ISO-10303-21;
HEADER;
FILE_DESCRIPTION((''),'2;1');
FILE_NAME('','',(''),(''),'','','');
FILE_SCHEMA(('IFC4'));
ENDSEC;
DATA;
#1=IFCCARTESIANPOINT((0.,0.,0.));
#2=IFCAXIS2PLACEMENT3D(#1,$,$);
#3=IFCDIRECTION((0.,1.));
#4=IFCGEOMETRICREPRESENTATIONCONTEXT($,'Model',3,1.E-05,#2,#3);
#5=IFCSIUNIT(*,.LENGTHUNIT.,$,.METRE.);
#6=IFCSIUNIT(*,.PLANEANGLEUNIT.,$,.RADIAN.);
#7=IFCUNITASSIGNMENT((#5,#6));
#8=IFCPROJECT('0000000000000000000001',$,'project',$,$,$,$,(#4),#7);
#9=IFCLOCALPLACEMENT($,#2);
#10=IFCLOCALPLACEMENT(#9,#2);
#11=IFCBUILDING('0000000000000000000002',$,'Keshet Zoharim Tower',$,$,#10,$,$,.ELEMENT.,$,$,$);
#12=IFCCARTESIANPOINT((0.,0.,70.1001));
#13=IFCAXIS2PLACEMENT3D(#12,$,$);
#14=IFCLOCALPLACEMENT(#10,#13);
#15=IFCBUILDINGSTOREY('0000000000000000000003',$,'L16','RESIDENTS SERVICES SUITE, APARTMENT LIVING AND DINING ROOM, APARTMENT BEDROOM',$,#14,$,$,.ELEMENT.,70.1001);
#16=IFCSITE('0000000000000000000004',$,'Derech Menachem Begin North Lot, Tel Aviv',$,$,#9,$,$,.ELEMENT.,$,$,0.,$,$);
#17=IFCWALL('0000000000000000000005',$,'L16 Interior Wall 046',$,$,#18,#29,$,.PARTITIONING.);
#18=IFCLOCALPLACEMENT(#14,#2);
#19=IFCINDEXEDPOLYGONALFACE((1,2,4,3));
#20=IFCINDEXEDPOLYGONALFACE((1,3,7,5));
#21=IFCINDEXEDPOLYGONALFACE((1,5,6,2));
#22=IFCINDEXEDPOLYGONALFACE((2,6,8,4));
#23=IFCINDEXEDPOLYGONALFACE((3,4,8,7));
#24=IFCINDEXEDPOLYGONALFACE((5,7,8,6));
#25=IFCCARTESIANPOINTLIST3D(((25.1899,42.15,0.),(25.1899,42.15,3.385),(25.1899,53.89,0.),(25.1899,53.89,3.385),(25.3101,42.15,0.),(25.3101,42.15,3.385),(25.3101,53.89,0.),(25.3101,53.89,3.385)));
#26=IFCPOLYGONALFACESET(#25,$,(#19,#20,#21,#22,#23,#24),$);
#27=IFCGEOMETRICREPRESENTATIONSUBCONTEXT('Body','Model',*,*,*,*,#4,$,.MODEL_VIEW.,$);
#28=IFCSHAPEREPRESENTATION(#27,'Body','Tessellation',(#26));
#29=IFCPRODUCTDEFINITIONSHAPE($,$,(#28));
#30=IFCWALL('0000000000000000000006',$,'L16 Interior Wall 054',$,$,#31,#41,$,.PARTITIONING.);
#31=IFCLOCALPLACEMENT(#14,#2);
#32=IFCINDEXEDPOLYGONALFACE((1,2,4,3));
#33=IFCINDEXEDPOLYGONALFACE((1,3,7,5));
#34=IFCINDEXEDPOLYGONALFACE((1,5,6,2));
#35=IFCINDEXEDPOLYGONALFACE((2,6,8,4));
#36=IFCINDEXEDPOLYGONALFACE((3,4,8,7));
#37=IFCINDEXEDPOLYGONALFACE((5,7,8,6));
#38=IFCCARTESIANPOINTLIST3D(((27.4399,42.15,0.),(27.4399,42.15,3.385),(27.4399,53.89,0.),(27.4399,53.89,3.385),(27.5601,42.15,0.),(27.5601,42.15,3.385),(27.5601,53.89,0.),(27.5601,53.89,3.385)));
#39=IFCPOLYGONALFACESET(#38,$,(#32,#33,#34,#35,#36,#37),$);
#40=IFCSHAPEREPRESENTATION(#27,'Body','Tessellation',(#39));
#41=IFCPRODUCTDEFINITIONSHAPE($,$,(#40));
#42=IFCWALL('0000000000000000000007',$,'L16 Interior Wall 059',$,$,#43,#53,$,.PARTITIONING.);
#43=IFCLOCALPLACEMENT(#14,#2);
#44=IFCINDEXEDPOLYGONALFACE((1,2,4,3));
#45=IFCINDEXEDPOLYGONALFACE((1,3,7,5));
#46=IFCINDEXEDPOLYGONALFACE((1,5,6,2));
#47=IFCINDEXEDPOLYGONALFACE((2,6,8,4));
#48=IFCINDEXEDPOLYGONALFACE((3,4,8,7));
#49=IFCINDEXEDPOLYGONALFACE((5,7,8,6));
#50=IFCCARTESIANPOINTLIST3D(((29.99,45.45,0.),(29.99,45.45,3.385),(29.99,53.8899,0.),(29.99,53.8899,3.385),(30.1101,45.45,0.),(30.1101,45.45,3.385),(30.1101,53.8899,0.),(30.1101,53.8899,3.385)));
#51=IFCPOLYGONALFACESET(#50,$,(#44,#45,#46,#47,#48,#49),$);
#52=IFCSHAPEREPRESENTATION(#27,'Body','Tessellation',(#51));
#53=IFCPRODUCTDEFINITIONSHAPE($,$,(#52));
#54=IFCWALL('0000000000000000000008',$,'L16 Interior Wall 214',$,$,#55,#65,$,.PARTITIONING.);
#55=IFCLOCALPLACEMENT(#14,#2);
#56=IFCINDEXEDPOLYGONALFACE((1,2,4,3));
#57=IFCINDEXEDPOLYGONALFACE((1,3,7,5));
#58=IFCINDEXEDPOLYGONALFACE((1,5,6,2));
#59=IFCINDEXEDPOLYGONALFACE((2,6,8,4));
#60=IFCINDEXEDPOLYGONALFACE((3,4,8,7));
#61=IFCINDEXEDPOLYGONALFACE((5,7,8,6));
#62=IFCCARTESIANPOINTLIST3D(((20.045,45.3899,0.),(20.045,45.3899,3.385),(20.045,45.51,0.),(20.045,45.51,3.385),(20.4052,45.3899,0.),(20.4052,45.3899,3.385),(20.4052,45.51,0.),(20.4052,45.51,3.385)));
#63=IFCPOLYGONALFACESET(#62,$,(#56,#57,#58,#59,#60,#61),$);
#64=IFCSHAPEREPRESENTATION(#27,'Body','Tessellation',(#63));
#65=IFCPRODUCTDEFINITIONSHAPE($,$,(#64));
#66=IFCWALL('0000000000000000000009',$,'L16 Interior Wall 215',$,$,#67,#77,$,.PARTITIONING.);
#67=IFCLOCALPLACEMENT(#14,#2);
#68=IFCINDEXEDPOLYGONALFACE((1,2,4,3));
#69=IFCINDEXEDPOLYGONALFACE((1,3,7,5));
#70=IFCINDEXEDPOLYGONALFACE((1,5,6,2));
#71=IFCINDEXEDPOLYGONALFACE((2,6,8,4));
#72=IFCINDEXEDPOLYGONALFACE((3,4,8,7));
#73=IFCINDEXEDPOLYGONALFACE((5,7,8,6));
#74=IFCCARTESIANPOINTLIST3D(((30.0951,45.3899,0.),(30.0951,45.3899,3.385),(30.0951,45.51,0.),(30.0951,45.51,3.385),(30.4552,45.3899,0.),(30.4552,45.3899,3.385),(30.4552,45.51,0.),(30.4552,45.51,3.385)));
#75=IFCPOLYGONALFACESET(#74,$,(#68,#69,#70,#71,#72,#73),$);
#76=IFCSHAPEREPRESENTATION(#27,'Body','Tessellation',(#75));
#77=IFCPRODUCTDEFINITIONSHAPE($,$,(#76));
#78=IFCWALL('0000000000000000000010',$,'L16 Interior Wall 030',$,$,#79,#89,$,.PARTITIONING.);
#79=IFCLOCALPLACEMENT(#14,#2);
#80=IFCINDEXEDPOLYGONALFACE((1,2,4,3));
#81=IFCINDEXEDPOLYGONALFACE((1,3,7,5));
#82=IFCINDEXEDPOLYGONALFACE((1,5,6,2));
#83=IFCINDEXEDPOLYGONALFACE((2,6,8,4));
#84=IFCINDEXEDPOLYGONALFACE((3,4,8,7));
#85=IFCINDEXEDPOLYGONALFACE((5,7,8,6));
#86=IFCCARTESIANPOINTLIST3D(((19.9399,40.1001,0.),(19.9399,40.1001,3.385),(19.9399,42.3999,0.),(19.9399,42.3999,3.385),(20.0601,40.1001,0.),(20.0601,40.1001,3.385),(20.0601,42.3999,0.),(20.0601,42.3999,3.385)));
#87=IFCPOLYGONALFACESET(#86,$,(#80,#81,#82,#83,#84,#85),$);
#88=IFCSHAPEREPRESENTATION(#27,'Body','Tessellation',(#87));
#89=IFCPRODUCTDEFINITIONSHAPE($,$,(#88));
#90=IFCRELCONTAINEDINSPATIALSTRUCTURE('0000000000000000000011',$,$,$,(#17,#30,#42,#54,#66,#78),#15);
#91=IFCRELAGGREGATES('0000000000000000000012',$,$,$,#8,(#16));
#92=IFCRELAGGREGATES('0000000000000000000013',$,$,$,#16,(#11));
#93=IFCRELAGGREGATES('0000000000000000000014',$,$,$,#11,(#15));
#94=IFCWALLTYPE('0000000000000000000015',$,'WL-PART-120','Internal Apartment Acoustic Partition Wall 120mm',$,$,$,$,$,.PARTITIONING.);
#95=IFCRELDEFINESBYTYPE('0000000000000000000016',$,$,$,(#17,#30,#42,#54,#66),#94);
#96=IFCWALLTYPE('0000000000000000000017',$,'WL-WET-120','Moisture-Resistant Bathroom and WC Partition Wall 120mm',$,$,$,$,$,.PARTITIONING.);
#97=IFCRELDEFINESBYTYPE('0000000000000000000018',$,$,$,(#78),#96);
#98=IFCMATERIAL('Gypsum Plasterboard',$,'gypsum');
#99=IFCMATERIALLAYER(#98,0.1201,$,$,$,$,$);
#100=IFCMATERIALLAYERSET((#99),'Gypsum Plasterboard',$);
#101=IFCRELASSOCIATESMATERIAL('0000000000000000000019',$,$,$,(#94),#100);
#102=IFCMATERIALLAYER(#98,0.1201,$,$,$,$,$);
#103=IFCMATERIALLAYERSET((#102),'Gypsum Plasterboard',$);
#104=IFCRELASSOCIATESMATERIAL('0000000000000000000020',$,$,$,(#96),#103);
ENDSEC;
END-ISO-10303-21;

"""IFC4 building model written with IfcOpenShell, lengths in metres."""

from ifc_helpers import new_model, si_unit, direction, frame, frame_2d, origin, place, context, subcontext, project, spatial, rectangle, extrude, material, layer, layer_set, type_object, element, save


model = new_model("IFC4")

# Units and contexts
model_context = context("Model", 3, precision=1e-05, world=origin(), true_north=direction((0.0, 1.0)))
body_context = subcontext(model_context, "Body", "Model", "MODEL_VIEW")
ifc_project = project(units=[si_unit("LENGTHUNIT", "METRE"), si_unit("PLANEANGLEUNIT", "RADIAN")], contexts=[model_context])

# Site, building, storey
site_placement = place(None, origin())
site = spatial("IfcSite", under=ifc_project, at=site_placement, Name="Derech Menachem Begin North Lot, Tel Aviv", CompositionType="ELEMENT", RefElevation=0.0)
building_placement = place(site_placement, origin())
building = spatial("IfcBuilding", under=site, at=building_placement, Name="Keshet Zoharim Tower", CompositionType="ELEMENT")
storey_placement = place(building_placement, frame((0.0, 0.0, 70.1001)))
storey = spatial("IfcBuildingStorey", under=building, at=storey_placement, Name="L16", Description="RESIDENTS SERVICES SUITE, APARTMENT LIVING AND DINING ROOM, APARTMENT BEDROOM", CompositionType="ELEMENT", Elevation=70.1001)

# Shared definitions
ifc_material_1 = material(Name="Gypsum Plasterboard", Category="gypsum")

# Walls
ifc_layer_1 = layer(ifc_material_1, 0.1201)
ifc_layer_set_1 = layer_set([ifc_layer_1], Name="Gypsum Plasterboard")
wall_type_1 = type_object("IfcWallType", Name="WL-PART-120", Description="Internal Apartment Acoustic Partition Wall 120mm", PredefinedType="PARTITIONING", material=ifc_layer_set_1)
for number, where, z_axis, x_axis, name in (
    (1, (25.25, 42.1499, 0.0), (0.0, 0.0, 1.0), (0.0, 1.0, 0.0), "L16 Interior Wall 046"),
    (2, (27.5, 42.1499, 0.0), (0.0, 0.0, 1.0), (0.0, 1.0, 0.0), "L16 Interior Wall 054"),
):
    element("IfcWall", number, at=place(storey_placement, frame(where, z_axis=z_axis, x_axis=x_axis)), inside=storey, type_object=wall_type_1, Name=name, PredefinedType="PARTITIONING", context=body_context, shape_type="SweptSolid", body=[
        extrude(rectangle(XDim=11.74, YDim=0.1201, at=frame_2d((5.8701, 0.0))), origin(), (0.0, 0.0, 1.0), 3.385),
    ])
wall_1_placement = place(storey_placement, frame((30.05, 45.45, 0.0), z_axis=(0.0, 0.0, 1.0), x_axis=(0.0, 1.0, 0.0)))
element("IfcWall", 3, at=wall_1_placement, inside=storey, type_object=wall_type_1, Name="L16 Interior Wall 059", PredefinedType="PARTITIONING", context=body_context, shape_type="SweptSolid", body=[
    extrude(rectangle(XDim=8.4399, YDim=0.1201, at=frame_2d((4.22, 0.0))), origin(), (0.0, 0.0, 1.0), 3.385),
])

# Walls
for number, where, z_axis, x_axis, name in (
    (4, (20.0449, 45.45, 0.0), (0.0, 0.0, 1.0), (1.0, 0.0, 0.0), "L16 Interior Wall 214"),
    (5, (30.095, 45.45, 0.0), (0.0, 0.0, 1.0), (1.0, 0.0, 0.0), "L16 Interior Wall 215"),
):
    element("IfcWall", number, at=place(storey_placement, frame(where, z_axis=z_axis, x_axis=x_axis)), inside=storey, type_object=wall_type_1, Name=name, PredefinedType="PARTITIONING", context=body_context, shape_type="SweptSolid", body=[
        extrude(rectangle(XDim=0.3601, YDim=0.1201, at=frame_2d((0.1802, 0.0))), origin(), (0.0, 0.0, 1.0), 3.385),
    ])
ifc_layer_2 = layer(ifc_material_1, 0.1201)
ifc_layer_set_2 = layer_set([ifc_layer_2], Name="Gypsum Plasterboard")
wall_type_2 = type_object("IfcWallType", Name="WL-WET-120", Description="Moisture-Resistant Bathroom and WC Partition Wall 120mm", PredefinedType="PARTITIONING", material=ifc_layer_set_2)
wall_2_placement = place(storey_placement, frame((20.0, 40.1001, 0.0), z_axis=(0.0, 0.0, 1.0), x_axis=(0.0, 1.0, 0.0)))
element("IfcWall", 6, at=wall_2_placement, inside=storey, type_object=wall_type_2, Name="L16 Interior Wall 030", PredefinedType="PARTITIONING", context=body_context, shape_type="SweptSolid", body=[
    extrude(rectangle(XDim=2.2998, YDim=0.1201, at=frame_2d((1.1499, 0.0))), origin(), (0.0, 0.0, 1.0), 3.385),
])

save(model, "model.ifc")
